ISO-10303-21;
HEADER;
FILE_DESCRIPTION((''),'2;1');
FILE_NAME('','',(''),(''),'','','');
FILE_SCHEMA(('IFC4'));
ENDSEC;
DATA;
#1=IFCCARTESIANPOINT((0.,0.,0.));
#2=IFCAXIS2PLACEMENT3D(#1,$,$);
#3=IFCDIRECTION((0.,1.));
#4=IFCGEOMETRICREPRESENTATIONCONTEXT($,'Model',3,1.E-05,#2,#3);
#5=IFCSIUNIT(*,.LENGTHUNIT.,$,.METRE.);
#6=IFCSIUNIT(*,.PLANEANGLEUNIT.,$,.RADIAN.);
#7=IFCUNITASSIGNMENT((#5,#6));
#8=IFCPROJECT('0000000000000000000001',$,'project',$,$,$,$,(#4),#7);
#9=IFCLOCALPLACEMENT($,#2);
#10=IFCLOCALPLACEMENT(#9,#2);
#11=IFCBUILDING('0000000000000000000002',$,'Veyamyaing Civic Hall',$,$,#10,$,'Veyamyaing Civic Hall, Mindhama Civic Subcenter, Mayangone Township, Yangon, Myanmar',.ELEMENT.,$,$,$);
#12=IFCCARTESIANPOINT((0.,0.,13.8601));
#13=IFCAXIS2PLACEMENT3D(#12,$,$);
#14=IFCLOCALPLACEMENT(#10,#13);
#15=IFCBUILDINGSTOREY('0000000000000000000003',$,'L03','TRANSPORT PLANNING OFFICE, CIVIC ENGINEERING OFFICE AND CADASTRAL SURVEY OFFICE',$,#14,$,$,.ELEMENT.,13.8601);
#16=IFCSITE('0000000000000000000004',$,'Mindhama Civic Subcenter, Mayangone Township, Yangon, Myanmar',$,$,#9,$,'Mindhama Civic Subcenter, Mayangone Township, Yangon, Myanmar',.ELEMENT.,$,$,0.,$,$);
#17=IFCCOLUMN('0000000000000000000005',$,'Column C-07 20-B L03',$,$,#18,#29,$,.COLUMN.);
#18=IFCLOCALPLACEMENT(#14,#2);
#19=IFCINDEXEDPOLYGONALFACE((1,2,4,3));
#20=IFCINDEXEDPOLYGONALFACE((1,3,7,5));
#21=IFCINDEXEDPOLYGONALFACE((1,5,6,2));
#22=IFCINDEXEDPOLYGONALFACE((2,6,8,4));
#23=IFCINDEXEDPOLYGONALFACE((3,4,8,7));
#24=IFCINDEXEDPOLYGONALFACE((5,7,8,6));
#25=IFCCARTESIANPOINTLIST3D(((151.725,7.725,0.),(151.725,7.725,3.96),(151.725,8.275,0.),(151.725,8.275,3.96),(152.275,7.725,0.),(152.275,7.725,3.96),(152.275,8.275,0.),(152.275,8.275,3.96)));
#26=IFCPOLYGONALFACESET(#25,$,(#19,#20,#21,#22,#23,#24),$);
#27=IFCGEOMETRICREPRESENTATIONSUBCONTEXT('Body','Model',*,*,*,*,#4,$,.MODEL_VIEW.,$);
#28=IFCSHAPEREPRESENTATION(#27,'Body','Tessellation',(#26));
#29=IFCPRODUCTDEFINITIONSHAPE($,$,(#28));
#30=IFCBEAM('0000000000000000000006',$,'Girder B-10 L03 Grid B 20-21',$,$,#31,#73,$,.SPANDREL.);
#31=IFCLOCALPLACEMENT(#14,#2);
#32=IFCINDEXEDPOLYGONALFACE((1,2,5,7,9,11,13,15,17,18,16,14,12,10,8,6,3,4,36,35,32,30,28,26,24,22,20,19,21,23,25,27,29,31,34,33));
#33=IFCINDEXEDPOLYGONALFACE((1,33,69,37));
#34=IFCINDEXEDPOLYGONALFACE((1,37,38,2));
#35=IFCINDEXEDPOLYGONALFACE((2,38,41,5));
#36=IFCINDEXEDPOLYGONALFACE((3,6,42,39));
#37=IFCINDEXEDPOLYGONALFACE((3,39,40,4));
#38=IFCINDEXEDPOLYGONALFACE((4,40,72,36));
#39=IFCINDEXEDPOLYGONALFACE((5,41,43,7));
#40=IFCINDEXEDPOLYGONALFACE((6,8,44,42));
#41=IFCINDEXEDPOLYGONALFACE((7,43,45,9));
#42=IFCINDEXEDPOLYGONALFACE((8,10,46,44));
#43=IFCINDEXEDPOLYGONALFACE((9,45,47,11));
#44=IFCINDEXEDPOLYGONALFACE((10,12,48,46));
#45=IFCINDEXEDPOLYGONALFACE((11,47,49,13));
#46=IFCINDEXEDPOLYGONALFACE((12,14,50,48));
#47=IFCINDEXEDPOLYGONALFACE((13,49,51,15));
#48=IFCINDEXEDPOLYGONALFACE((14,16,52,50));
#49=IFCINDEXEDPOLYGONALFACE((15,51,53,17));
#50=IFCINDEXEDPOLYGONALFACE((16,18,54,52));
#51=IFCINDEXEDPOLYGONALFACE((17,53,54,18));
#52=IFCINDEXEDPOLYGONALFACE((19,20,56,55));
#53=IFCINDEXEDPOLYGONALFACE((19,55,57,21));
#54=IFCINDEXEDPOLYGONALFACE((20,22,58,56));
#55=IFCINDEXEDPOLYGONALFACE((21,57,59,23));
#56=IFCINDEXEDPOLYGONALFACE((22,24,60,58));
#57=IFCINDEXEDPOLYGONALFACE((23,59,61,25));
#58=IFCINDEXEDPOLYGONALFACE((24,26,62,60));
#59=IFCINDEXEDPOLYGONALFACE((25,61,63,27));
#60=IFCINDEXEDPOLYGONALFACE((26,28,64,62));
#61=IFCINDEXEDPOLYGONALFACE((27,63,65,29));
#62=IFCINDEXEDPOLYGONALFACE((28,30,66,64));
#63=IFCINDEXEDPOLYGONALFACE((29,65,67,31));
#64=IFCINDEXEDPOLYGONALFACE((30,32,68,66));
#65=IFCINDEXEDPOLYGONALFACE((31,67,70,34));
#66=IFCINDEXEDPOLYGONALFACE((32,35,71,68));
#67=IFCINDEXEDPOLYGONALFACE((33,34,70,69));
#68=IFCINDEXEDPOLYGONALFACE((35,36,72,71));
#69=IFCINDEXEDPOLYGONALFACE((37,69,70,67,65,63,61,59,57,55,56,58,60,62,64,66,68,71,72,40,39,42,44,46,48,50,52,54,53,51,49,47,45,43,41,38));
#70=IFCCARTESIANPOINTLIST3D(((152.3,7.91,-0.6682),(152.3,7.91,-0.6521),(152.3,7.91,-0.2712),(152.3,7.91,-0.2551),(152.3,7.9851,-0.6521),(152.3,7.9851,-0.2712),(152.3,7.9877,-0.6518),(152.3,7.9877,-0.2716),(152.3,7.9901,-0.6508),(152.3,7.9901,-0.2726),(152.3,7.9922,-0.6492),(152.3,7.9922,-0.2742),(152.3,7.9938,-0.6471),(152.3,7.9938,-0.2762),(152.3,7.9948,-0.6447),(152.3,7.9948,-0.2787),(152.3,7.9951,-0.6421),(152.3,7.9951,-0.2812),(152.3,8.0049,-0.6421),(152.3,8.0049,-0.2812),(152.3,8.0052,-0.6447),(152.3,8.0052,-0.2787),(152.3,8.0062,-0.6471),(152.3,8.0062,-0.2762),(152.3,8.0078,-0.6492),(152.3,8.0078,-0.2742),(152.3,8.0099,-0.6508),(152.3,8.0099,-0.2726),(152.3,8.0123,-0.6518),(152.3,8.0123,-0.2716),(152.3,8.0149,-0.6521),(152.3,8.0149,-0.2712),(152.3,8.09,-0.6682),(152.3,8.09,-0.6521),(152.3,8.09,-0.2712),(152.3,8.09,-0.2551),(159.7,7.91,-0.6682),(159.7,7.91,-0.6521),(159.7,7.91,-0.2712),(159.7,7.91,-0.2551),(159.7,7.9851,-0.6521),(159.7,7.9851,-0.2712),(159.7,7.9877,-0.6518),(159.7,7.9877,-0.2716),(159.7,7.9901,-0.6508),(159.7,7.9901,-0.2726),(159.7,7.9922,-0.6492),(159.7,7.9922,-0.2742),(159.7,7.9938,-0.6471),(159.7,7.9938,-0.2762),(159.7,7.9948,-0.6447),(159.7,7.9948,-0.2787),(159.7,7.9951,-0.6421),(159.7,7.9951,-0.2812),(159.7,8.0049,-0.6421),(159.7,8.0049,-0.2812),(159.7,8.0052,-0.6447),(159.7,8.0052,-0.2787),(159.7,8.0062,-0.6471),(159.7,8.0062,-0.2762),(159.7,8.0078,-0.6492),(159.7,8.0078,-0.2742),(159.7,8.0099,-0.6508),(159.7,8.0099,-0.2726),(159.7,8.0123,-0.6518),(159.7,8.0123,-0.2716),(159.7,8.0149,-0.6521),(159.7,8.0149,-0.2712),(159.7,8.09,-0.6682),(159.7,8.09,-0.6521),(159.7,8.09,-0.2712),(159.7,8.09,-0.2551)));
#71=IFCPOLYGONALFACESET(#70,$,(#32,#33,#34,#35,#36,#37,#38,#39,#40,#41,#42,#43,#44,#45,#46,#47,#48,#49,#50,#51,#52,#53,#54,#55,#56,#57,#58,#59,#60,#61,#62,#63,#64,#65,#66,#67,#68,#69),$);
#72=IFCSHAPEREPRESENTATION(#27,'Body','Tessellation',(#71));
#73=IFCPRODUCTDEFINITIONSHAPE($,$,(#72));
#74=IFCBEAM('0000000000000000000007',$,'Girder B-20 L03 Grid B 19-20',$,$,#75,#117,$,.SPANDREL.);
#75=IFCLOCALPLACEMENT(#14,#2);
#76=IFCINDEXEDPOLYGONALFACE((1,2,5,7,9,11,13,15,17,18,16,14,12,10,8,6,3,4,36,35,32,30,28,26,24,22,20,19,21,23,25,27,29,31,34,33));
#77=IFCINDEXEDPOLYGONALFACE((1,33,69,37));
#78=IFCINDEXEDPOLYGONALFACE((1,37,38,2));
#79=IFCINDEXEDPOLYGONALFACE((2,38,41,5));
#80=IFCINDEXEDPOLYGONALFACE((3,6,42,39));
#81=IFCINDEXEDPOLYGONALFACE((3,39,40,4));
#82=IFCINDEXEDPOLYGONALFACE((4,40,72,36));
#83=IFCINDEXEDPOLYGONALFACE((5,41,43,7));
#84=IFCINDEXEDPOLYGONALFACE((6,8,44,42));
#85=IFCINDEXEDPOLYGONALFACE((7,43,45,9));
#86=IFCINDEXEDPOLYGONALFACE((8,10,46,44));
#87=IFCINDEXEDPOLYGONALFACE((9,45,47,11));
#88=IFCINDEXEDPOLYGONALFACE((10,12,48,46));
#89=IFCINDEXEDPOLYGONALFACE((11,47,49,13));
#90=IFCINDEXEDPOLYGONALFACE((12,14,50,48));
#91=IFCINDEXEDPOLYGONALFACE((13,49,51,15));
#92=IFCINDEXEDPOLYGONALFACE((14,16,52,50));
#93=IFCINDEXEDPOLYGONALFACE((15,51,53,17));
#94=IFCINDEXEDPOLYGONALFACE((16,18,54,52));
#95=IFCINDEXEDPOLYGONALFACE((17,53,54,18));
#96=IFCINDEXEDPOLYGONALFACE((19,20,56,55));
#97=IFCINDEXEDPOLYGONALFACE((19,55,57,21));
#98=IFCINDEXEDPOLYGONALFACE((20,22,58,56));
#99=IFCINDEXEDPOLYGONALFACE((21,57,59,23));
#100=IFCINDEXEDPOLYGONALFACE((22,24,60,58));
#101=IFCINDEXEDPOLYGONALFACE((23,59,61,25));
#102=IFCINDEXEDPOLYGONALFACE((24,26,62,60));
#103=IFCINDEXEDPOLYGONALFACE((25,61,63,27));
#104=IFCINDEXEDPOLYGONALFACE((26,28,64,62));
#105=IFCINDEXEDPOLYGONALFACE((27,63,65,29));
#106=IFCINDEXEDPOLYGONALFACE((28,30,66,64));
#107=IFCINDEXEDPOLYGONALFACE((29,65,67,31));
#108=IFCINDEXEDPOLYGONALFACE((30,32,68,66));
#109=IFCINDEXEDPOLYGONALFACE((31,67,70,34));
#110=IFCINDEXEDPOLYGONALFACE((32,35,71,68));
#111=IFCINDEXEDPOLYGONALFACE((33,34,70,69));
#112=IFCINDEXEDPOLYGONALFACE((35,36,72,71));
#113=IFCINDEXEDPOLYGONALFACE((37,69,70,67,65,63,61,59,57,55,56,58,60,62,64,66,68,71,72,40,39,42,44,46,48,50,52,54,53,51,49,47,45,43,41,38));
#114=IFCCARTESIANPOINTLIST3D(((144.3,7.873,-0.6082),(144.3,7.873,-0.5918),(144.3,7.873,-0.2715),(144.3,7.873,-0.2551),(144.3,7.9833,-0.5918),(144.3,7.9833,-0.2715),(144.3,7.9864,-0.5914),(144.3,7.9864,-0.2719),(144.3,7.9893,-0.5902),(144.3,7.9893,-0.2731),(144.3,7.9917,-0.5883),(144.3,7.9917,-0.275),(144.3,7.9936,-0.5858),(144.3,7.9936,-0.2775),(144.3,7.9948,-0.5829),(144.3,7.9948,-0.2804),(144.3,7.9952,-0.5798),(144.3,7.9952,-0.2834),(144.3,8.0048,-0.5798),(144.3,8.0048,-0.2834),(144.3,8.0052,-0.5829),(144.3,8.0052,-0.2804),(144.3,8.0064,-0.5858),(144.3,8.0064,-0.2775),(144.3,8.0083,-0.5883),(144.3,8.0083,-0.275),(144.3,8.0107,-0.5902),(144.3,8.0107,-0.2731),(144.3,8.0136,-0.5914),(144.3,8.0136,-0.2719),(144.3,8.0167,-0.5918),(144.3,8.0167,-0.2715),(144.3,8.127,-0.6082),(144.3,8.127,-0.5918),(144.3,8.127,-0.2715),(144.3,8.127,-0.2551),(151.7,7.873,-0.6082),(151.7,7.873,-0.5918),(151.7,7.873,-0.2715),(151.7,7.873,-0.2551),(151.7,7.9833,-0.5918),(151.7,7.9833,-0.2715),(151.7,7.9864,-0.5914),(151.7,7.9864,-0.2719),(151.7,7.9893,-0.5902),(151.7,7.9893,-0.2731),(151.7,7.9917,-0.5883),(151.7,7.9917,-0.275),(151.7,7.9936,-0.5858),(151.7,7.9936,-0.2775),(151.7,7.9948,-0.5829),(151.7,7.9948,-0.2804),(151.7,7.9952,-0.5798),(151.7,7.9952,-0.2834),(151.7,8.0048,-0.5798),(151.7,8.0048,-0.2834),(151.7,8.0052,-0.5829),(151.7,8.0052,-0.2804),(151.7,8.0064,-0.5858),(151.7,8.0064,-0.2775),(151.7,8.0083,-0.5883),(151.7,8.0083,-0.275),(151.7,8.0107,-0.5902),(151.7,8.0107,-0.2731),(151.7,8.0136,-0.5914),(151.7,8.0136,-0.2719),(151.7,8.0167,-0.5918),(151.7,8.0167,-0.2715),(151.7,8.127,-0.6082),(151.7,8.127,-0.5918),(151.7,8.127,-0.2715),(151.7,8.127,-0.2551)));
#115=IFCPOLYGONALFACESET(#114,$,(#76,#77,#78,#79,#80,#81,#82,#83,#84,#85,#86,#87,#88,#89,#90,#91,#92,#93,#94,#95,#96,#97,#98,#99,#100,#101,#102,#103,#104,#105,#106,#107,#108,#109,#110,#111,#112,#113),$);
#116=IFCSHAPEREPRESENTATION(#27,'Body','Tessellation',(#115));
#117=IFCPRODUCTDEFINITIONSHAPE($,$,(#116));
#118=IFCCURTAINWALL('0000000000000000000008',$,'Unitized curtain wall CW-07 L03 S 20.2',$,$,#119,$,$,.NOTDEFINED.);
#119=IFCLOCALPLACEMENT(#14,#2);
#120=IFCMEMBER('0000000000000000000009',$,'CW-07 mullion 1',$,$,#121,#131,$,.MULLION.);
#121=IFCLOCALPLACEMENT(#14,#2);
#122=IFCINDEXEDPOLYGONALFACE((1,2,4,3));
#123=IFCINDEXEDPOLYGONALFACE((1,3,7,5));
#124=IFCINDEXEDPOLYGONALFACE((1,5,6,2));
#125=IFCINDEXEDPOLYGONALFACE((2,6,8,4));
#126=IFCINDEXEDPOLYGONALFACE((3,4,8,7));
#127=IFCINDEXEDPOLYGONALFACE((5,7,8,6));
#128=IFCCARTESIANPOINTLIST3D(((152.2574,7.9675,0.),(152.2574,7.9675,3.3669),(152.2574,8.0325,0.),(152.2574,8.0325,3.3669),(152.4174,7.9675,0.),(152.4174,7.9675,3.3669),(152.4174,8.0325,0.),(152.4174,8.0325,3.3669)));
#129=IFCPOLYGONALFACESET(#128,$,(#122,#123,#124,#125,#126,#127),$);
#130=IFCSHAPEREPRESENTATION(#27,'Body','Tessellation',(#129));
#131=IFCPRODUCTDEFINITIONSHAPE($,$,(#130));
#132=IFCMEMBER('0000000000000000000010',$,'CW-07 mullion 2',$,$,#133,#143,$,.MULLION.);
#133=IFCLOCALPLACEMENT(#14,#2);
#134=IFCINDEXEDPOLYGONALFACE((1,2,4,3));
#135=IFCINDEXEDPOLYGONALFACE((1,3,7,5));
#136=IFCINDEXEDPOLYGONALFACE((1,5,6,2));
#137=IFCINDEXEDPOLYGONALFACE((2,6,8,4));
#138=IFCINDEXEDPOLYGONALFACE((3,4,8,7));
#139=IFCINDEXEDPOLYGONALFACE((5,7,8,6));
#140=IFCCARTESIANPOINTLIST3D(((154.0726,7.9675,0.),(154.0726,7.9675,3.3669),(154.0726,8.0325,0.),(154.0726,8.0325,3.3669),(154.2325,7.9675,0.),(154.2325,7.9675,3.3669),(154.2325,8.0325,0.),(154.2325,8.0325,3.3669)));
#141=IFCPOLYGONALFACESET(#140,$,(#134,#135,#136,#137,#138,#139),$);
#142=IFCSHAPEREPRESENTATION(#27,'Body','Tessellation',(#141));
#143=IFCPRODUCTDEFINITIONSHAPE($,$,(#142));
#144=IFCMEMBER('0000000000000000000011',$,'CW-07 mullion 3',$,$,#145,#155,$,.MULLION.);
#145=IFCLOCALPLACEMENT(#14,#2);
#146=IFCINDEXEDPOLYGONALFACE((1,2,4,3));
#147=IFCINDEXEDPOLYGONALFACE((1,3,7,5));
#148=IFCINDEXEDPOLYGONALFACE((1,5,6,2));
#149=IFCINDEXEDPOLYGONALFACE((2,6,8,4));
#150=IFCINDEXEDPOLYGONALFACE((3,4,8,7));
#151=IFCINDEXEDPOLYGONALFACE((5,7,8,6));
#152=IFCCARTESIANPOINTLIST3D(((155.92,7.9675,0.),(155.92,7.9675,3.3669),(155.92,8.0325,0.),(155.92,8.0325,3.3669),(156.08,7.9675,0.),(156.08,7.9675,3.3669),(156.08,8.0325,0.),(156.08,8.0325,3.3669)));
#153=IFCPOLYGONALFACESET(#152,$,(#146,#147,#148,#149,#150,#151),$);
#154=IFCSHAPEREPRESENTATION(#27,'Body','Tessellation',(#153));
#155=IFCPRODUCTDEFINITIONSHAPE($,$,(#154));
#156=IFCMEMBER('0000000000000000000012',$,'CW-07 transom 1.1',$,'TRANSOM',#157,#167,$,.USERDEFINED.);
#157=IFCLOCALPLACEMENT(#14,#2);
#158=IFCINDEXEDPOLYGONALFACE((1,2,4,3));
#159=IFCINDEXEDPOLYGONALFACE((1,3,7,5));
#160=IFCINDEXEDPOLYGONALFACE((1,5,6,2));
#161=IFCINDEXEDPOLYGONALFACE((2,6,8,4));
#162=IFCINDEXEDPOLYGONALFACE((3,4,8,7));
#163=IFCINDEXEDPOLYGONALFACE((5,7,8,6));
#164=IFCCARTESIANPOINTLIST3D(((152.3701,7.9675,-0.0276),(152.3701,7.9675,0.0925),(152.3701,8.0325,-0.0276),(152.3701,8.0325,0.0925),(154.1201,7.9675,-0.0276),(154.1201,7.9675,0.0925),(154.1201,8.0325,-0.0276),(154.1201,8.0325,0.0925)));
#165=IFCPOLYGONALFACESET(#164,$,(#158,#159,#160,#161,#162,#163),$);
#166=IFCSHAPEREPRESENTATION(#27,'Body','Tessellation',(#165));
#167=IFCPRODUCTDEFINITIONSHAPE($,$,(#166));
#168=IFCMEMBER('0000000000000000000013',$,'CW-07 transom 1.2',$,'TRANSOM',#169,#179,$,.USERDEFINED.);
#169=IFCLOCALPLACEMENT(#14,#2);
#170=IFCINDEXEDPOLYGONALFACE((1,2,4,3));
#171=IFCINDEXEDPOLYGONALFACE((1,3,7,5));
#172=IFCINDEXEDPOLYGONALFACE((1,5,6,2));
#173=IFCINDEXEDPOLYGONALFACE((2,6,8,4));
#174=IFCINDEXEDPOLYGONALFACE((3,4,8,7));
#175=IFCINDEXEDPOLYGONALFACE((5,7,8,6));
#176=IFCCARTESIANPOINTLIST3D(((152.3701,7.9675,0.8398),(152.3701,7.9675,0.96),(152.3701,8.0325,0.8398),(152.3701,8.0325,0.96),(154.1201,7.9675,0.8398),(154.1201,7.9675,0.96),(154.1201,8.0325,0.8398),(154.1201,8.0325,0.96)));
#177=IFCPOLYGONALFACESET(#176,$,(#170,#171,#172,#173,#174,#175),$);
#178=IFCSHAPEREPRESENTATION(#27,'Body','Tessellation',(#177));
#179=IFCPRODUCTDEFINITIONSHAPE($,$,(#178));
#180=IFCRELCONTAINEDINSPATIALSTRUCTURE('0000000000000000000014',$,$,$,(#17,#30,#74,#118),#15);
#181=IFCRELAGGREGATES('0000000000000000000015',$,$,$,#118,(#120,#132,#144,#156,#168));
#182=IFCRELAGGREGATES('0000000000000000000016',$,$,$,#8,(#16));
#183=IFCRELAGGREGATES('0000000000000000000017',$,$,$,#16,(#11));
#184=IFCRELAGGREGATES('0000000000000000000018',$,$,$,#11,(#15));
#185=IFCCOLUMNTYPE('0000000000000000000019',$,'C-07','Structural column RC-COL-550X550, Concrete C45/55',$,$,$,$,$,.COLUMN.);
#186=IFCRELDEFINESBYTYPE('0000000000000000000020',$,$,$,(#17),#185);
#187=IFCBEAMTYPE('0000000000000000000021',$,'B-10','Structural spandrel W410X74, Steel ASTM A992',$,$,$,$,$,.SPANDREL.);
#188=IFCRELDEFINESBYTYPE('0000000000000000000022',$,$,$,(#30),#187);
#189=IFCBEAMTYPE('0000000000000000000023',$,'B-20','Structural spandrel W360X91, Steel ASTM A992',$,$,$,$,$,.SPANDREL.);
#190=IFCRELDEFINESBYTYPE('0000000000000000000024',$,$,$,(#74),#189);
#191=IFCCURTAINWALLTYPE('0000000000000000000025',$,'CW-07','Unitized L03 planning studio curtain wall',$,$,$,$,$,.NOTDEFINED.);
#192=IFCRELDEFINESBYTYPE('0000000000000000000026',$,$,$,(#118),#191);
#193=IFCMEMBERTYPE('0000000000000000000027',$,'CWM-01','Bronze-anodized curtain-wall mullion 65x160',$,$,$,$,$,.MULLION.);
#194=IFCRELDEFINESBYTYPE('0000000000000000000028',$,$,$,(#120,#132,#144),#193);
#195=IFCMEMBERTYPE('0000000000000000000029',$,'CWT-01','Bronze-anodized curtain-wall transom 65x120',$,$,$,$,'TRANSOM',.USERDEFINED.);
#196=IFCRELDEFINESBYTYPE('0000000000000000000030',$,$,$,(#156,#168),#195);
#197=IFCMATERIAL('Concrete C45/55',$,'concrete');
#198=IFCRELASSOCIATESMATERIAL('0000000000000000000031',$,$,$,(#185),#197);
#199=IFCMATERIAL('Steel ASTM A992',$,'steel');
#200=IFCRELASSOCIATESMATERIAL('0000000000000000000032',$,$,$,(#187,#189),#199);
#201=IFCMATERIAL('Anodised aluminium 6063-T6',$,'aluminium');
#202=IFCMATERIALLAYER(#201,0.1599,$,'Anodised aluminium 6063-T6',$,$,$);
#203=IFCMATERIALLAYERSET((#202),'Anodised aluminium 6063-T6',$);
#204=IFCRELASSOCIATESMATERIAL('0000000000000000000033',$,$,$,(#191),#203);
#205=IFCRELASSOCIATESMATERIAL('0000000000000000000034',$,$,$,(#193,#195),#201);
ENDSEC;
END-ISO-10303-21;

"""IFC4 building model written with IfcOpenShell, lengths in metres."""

from ifc_helpers import new_model, si_unit, direction, frame, origin, origin_2d, place, context, subcontext, project, spatial, rectangle, i_section, extrude, material, layer, layer_set, material_profile, profile_set, type_object, element, aggregate, save


model = new_model("IFC4")

# Units and contexts
model_context = context("Model", 3, precision=1e-05, world=origin(), true_north=direction((0.0, 1.0)))
body_context = subcontext(model_context, "Body", "Model", "MODEL_VIEW")
ifc_project = project(units=[si_unit("LENGTHUNIT", "METRE"), si_unit("PLANEANGLEUNIT", "RADIAN")], contexts=[model_context])

# Site, building, storey
site_placement = place(None, origin())
site = spatial("IfcSite", under=ifc_project, at=site_placement, Name="Mindhama Civic Subcenter, Mayangone Township, Yangon, Myanmar", LongName="Mindhama Civic Subcenter, Mayangone Township, Yangon, Myanmar", CompositionType="ELEMENT", RefElevation=0.0)
building_placement = place(site_placement, origin())
building = spatial("IfcBuilding", under=site, at=building_placement, Name="Veyamyaing Civic Hall", LongName="Veyamyaing Civic Hall, Mindhama Civic Subcenter, Mayangone Township, Yangon, Myanmar", CompositionType="ELEMENT")
storey_placement = place(building_placement, frame((0.0, 0.0, 13.8601)))
storey = spatial("IfcBuildingStorey", under=building, at=storey_placement, Name="L03", Description="TRANSPORT PLANNING OFFICE, CIVIC ENGINEERING OFFICE AND CADASTRAL SURVEY OFFICE", CompositionType="ELEMENT", Elevation=13.8601)

# Column
ifc_material_1 = material(Name="Concrete C45/55", Category="concrete")
ifc_material_profile_1 = material_profile(ifc_material_1, rectangle(XDim=0.55, YDim=0.55, at=origin_2d()), Name="RC-COL-550X550")
ifc_profile_set_1 = profile_set([ifc_material_profile_1], Name="Concrete C45/55")
column_type = type_object("IfcColumnType", Name="C-07", Description="Structural column RC-COL-550X550, Concrete C45/55", PredefinedType="COLUMN", material=ifc_profile_set_1)
column_placement = place(storey_placement, frame((152.0, 8.0, 0.0), z_axis=(0.0, 0.0, 1.0), x_axis=(1.0, 0.0, 0.0)))
element("IfcColumn", 1, at=column_placement, inside=storey, type_object=column_type, Name="Column C-07 20-B L03", PredefinedType="COLUMN", context=body_context, shape_type="SweptSolid", body=[
    extrude(rectangle(XDim=0.55, YDim=0.55, at=origin_2d()), origin(), (0.0, 0.0, 1.0), 3.96),
])

# Beams
ifc_material_2 = material(Name="Steel ASTM A992", Category="steel")
ifc_material_profile_2 = material_profile(ifc_material_2, i_section(OverallWidth=0.1799, OverallDepth=0.4131, WebThickness=0.0098, FlangeThickness=0.0161, FilletRadius=0.01, at=origin_2d()), Name="W410X74")
ifc_profile_set_2 = profile_set([ifc_material_profile_2], Name="Steel ASTM A992")
beam_type_1 = type_object("IfcBeamType", Name="B-10", Description="Structural spandrel W410X74, Steel ASTM A992", PredefinedType="SPANDREL", material=ifc_profile_set_2)
beam_1_placement = place(storey_placement, frame((152.3, 8.0, -0.4617), z_axis=(1.0, 0.0, 0.0), x_axis=(0.0, 1.0, 0.0)))
element("IfcBeam", 2, at=beam_1_placement, inside=storey, type_object=beam_type_1, Name="Girder B-10 L03 Grid B 20-21", PredefinedType="SPANDREL", context=body_context, shape_type="SweptSolid", body=[
    extrude(i_section(OverallWidth=0.1799, OverallDepth=0.4131, WebThickness=0.0098, FlangeThickness=0.0161, FilletRadius=0.01, at=origin_2d()), origin(), (0.0, 0.0, 1.0), 7.3999),
])
ifc_material_profile_3 = material_profile(ifc_material_2, i_section(OverallWidth=0.2539, OverallDepth=0.353, WebThickness=0.0095, FlangeThickness=0.0164, FilletRadius=0.012, at=origin_2d()), Name="W360X91")
ifc_profile_set_3 = profile_set([ifc_material_profile_3], Name="Steel ASTM A992")
beam_type_2 = type_object("IfcBeamType", Name="B-20", Description="Structural spandrel W360X91, Steel ASTM A992", PredefinedType="SPANDREL", material=ifc_profile_set_3)
beam_2_placement = place(storey_placement, frame((144.3, 8.0, -0.4316), z_axis=(1.0, 0.0, 0.0), x_axis=(0.0, 1.0, 0.0)))
element("IfcBeam", 3, at=beam_2_placement, inside=storey, type_object=beam_type_2, Name="Girder B-20 L03 Grid B 19-20", PredefinedType="SPANDREL", context=body_context, shape_type="SweptSolid", body=[
    extrude(i_section(OverallWidth=0.2539, OverallDepth=0.353, WebThickness=0.0095, FlangeThickness=0.0164, FilletRadius=0.012, at=origin_2d()), origin(), (0.0, 0.0, 1.0), 7.3999),
])

# Curtain wall, members
ifc_material_3 = material(Name="Anodised aluminium 6063-T6", Category="aluminium")
ifc_layer_1 = layer(ifc_material_3, 0.1599, Name="Anodised aluminium 6063-T6")
ifc_layer_set_1 = layer_set([ifc_layer_1], Name="Anodised aluminium 6063-T6")
curtain_wall_type = type_object("IfcCurtainWallType", Name="CW-07", Description="Unitized L03 planning studio curtain wall", PredefinedType="NOTDEFINED", material=ifc_layer_set_1)
curtain_wall_placement = place(storey_placement, origin())
curtain_wall = element("IfcCurtainWall", 4, at=curtain_wall_placement, inside=storey, type_object=curtain_wall_type, Name="Unitized curtain wall CW-07 L03 S 20.2", PredefinedType="NOTDEFINED")
ifc_material_profile_4 = material_profile(ifc_material_3, rectangle(XDim=0.0649, YDim=0.1599, at=origin_2d()), Name="ALU-MUL-65X160")
ifc_profile_set_4 = profile_set([ifc_material_profile_4], Name="Anodised aluminium 6063-T6")
member_type_1 = type_object("IfcMemberType", Name="CWM-01", Description="Bronze-anodized curtain-wall mullion 65x160", PredefinedType="MULLION", material=ifc_profile_set_4)
member_1_placement = place(storey_placement, frame((152.3374, 8.0, 0.0), z_axis=(0.0, 0.0, 1.0), x_axis=(0.0, 1.0, 0.0)))
member_1 = element("IfcMember", 5, at=member_1_placement, type_object=member_type_1, Name="CW-07 mullion 1", PredefinedType="MULLION", context=body_context, shape_type="SweptSolid", body=[
    extrude(rectangle(XDim=0.0649, YDim=0.1599, at=origin_2d()), origin(), (0.0, 0.0, 1.0), 3.3669),
])
member_2_placement = place(storey_placement, frame((154.1526, 8.0, 0.0), z_axis=(0.0, 0.0, 1.0), x_axis=(0.0, 1.0, 0.0)))
member_2 = element("IfcMember", 6, at=member_2_placement, type_object=member_type_1, Name="CW-07 mullion 2", PredefinedType="MULLION", context=body_context, shape_type="SweptSolid", body=[
    extrude(rectangle(XDim=0.0649, YDim=0.1599, at=origin_2d()), origin(), (0.0, 0.0, 1.0), 3.3669),
])
member_3_placement = place(storey_placement, frame((156.0, 8.0, 0.0), z_axis=(0.0, 0.0, 1.0), x_axis=(0.0, 1.0, 0.0)))
member_3 = element("IfcMember", 7, at=member_3_placement, type_object=member_type_1, Name="CW-07 mullion 3", PredefinedType="MULLION", context=body_context, shape_type="SweptSolid", body=[
    extrude(rectangle(XDim=0.0649, YDim=0.1599, at=origin_2d()), origin(), (0.0, 0.0, 1.0), 3.3669),
])
ifc_material_profile_5 = material_profile(ifc_material_3, rectangle(XDim=0.0649, YDim=0.1201, at=origin_2d()), Name="ALU-TRN-65X120")
ifc_profile_set_5 = profile_set([ifc_material_profile_5], Name="Anodised aluminium 6063-T6")
member_type_2 = type_object("IfcMemberType", Name="CWT-01", Description="Bronze-anodized curtain-wall transom 65x120", ElementType="TRANSOM", PredefinedType="USERDEFINED", material=ifc_profile_set_5)
member_4_placement = place(storey_placement, frame((152.3701, 8.0, 0.0325), z_axis=(1.0, 0.0, 0.0), x_axis=(0.0, 1.0, 0.0)))
member_4 = element("IfcMember", 8, at=member_4_placement, type_object=member_type_2, Name="CW-07 transom 1.1", ObjectType="TRANSOM", PredefinedType="USERDEFINED", context=body_context, shape_type="SweptSolid", body=[
    extrude(rectangle(XDim=0.0649, YDim=0.1201, at=origin_2d()), origin(), (0.0, 0.0, 1.0), 1.75),
])
member_5_placement = place(storey_placement, frame((152.3701, 8.0, 0.8999), z_axis=(1.0, 0.0, 0.0), x_axis=(0.0, 1.0, 0.0)))
member_5 = element("IfcMember", 9, at=member_5_placement, type_object=member_type_2, Name="CW-07 transom 1.2", ObjectType="TRANSOM", PredefinedType="USERDEFINED", context=body_context, shape_type="SweptSolid", body=[
    extrude(rectangle(XDim=0.0649, YDim=0.1201, at=origin_2d()), origin(), (0.0, 0.0, 1.0), 1.75),
])
aggregate(curtain_wall, [member_1, member_2, member_3, member_4, member_5])

save(model, "model.ifc")
